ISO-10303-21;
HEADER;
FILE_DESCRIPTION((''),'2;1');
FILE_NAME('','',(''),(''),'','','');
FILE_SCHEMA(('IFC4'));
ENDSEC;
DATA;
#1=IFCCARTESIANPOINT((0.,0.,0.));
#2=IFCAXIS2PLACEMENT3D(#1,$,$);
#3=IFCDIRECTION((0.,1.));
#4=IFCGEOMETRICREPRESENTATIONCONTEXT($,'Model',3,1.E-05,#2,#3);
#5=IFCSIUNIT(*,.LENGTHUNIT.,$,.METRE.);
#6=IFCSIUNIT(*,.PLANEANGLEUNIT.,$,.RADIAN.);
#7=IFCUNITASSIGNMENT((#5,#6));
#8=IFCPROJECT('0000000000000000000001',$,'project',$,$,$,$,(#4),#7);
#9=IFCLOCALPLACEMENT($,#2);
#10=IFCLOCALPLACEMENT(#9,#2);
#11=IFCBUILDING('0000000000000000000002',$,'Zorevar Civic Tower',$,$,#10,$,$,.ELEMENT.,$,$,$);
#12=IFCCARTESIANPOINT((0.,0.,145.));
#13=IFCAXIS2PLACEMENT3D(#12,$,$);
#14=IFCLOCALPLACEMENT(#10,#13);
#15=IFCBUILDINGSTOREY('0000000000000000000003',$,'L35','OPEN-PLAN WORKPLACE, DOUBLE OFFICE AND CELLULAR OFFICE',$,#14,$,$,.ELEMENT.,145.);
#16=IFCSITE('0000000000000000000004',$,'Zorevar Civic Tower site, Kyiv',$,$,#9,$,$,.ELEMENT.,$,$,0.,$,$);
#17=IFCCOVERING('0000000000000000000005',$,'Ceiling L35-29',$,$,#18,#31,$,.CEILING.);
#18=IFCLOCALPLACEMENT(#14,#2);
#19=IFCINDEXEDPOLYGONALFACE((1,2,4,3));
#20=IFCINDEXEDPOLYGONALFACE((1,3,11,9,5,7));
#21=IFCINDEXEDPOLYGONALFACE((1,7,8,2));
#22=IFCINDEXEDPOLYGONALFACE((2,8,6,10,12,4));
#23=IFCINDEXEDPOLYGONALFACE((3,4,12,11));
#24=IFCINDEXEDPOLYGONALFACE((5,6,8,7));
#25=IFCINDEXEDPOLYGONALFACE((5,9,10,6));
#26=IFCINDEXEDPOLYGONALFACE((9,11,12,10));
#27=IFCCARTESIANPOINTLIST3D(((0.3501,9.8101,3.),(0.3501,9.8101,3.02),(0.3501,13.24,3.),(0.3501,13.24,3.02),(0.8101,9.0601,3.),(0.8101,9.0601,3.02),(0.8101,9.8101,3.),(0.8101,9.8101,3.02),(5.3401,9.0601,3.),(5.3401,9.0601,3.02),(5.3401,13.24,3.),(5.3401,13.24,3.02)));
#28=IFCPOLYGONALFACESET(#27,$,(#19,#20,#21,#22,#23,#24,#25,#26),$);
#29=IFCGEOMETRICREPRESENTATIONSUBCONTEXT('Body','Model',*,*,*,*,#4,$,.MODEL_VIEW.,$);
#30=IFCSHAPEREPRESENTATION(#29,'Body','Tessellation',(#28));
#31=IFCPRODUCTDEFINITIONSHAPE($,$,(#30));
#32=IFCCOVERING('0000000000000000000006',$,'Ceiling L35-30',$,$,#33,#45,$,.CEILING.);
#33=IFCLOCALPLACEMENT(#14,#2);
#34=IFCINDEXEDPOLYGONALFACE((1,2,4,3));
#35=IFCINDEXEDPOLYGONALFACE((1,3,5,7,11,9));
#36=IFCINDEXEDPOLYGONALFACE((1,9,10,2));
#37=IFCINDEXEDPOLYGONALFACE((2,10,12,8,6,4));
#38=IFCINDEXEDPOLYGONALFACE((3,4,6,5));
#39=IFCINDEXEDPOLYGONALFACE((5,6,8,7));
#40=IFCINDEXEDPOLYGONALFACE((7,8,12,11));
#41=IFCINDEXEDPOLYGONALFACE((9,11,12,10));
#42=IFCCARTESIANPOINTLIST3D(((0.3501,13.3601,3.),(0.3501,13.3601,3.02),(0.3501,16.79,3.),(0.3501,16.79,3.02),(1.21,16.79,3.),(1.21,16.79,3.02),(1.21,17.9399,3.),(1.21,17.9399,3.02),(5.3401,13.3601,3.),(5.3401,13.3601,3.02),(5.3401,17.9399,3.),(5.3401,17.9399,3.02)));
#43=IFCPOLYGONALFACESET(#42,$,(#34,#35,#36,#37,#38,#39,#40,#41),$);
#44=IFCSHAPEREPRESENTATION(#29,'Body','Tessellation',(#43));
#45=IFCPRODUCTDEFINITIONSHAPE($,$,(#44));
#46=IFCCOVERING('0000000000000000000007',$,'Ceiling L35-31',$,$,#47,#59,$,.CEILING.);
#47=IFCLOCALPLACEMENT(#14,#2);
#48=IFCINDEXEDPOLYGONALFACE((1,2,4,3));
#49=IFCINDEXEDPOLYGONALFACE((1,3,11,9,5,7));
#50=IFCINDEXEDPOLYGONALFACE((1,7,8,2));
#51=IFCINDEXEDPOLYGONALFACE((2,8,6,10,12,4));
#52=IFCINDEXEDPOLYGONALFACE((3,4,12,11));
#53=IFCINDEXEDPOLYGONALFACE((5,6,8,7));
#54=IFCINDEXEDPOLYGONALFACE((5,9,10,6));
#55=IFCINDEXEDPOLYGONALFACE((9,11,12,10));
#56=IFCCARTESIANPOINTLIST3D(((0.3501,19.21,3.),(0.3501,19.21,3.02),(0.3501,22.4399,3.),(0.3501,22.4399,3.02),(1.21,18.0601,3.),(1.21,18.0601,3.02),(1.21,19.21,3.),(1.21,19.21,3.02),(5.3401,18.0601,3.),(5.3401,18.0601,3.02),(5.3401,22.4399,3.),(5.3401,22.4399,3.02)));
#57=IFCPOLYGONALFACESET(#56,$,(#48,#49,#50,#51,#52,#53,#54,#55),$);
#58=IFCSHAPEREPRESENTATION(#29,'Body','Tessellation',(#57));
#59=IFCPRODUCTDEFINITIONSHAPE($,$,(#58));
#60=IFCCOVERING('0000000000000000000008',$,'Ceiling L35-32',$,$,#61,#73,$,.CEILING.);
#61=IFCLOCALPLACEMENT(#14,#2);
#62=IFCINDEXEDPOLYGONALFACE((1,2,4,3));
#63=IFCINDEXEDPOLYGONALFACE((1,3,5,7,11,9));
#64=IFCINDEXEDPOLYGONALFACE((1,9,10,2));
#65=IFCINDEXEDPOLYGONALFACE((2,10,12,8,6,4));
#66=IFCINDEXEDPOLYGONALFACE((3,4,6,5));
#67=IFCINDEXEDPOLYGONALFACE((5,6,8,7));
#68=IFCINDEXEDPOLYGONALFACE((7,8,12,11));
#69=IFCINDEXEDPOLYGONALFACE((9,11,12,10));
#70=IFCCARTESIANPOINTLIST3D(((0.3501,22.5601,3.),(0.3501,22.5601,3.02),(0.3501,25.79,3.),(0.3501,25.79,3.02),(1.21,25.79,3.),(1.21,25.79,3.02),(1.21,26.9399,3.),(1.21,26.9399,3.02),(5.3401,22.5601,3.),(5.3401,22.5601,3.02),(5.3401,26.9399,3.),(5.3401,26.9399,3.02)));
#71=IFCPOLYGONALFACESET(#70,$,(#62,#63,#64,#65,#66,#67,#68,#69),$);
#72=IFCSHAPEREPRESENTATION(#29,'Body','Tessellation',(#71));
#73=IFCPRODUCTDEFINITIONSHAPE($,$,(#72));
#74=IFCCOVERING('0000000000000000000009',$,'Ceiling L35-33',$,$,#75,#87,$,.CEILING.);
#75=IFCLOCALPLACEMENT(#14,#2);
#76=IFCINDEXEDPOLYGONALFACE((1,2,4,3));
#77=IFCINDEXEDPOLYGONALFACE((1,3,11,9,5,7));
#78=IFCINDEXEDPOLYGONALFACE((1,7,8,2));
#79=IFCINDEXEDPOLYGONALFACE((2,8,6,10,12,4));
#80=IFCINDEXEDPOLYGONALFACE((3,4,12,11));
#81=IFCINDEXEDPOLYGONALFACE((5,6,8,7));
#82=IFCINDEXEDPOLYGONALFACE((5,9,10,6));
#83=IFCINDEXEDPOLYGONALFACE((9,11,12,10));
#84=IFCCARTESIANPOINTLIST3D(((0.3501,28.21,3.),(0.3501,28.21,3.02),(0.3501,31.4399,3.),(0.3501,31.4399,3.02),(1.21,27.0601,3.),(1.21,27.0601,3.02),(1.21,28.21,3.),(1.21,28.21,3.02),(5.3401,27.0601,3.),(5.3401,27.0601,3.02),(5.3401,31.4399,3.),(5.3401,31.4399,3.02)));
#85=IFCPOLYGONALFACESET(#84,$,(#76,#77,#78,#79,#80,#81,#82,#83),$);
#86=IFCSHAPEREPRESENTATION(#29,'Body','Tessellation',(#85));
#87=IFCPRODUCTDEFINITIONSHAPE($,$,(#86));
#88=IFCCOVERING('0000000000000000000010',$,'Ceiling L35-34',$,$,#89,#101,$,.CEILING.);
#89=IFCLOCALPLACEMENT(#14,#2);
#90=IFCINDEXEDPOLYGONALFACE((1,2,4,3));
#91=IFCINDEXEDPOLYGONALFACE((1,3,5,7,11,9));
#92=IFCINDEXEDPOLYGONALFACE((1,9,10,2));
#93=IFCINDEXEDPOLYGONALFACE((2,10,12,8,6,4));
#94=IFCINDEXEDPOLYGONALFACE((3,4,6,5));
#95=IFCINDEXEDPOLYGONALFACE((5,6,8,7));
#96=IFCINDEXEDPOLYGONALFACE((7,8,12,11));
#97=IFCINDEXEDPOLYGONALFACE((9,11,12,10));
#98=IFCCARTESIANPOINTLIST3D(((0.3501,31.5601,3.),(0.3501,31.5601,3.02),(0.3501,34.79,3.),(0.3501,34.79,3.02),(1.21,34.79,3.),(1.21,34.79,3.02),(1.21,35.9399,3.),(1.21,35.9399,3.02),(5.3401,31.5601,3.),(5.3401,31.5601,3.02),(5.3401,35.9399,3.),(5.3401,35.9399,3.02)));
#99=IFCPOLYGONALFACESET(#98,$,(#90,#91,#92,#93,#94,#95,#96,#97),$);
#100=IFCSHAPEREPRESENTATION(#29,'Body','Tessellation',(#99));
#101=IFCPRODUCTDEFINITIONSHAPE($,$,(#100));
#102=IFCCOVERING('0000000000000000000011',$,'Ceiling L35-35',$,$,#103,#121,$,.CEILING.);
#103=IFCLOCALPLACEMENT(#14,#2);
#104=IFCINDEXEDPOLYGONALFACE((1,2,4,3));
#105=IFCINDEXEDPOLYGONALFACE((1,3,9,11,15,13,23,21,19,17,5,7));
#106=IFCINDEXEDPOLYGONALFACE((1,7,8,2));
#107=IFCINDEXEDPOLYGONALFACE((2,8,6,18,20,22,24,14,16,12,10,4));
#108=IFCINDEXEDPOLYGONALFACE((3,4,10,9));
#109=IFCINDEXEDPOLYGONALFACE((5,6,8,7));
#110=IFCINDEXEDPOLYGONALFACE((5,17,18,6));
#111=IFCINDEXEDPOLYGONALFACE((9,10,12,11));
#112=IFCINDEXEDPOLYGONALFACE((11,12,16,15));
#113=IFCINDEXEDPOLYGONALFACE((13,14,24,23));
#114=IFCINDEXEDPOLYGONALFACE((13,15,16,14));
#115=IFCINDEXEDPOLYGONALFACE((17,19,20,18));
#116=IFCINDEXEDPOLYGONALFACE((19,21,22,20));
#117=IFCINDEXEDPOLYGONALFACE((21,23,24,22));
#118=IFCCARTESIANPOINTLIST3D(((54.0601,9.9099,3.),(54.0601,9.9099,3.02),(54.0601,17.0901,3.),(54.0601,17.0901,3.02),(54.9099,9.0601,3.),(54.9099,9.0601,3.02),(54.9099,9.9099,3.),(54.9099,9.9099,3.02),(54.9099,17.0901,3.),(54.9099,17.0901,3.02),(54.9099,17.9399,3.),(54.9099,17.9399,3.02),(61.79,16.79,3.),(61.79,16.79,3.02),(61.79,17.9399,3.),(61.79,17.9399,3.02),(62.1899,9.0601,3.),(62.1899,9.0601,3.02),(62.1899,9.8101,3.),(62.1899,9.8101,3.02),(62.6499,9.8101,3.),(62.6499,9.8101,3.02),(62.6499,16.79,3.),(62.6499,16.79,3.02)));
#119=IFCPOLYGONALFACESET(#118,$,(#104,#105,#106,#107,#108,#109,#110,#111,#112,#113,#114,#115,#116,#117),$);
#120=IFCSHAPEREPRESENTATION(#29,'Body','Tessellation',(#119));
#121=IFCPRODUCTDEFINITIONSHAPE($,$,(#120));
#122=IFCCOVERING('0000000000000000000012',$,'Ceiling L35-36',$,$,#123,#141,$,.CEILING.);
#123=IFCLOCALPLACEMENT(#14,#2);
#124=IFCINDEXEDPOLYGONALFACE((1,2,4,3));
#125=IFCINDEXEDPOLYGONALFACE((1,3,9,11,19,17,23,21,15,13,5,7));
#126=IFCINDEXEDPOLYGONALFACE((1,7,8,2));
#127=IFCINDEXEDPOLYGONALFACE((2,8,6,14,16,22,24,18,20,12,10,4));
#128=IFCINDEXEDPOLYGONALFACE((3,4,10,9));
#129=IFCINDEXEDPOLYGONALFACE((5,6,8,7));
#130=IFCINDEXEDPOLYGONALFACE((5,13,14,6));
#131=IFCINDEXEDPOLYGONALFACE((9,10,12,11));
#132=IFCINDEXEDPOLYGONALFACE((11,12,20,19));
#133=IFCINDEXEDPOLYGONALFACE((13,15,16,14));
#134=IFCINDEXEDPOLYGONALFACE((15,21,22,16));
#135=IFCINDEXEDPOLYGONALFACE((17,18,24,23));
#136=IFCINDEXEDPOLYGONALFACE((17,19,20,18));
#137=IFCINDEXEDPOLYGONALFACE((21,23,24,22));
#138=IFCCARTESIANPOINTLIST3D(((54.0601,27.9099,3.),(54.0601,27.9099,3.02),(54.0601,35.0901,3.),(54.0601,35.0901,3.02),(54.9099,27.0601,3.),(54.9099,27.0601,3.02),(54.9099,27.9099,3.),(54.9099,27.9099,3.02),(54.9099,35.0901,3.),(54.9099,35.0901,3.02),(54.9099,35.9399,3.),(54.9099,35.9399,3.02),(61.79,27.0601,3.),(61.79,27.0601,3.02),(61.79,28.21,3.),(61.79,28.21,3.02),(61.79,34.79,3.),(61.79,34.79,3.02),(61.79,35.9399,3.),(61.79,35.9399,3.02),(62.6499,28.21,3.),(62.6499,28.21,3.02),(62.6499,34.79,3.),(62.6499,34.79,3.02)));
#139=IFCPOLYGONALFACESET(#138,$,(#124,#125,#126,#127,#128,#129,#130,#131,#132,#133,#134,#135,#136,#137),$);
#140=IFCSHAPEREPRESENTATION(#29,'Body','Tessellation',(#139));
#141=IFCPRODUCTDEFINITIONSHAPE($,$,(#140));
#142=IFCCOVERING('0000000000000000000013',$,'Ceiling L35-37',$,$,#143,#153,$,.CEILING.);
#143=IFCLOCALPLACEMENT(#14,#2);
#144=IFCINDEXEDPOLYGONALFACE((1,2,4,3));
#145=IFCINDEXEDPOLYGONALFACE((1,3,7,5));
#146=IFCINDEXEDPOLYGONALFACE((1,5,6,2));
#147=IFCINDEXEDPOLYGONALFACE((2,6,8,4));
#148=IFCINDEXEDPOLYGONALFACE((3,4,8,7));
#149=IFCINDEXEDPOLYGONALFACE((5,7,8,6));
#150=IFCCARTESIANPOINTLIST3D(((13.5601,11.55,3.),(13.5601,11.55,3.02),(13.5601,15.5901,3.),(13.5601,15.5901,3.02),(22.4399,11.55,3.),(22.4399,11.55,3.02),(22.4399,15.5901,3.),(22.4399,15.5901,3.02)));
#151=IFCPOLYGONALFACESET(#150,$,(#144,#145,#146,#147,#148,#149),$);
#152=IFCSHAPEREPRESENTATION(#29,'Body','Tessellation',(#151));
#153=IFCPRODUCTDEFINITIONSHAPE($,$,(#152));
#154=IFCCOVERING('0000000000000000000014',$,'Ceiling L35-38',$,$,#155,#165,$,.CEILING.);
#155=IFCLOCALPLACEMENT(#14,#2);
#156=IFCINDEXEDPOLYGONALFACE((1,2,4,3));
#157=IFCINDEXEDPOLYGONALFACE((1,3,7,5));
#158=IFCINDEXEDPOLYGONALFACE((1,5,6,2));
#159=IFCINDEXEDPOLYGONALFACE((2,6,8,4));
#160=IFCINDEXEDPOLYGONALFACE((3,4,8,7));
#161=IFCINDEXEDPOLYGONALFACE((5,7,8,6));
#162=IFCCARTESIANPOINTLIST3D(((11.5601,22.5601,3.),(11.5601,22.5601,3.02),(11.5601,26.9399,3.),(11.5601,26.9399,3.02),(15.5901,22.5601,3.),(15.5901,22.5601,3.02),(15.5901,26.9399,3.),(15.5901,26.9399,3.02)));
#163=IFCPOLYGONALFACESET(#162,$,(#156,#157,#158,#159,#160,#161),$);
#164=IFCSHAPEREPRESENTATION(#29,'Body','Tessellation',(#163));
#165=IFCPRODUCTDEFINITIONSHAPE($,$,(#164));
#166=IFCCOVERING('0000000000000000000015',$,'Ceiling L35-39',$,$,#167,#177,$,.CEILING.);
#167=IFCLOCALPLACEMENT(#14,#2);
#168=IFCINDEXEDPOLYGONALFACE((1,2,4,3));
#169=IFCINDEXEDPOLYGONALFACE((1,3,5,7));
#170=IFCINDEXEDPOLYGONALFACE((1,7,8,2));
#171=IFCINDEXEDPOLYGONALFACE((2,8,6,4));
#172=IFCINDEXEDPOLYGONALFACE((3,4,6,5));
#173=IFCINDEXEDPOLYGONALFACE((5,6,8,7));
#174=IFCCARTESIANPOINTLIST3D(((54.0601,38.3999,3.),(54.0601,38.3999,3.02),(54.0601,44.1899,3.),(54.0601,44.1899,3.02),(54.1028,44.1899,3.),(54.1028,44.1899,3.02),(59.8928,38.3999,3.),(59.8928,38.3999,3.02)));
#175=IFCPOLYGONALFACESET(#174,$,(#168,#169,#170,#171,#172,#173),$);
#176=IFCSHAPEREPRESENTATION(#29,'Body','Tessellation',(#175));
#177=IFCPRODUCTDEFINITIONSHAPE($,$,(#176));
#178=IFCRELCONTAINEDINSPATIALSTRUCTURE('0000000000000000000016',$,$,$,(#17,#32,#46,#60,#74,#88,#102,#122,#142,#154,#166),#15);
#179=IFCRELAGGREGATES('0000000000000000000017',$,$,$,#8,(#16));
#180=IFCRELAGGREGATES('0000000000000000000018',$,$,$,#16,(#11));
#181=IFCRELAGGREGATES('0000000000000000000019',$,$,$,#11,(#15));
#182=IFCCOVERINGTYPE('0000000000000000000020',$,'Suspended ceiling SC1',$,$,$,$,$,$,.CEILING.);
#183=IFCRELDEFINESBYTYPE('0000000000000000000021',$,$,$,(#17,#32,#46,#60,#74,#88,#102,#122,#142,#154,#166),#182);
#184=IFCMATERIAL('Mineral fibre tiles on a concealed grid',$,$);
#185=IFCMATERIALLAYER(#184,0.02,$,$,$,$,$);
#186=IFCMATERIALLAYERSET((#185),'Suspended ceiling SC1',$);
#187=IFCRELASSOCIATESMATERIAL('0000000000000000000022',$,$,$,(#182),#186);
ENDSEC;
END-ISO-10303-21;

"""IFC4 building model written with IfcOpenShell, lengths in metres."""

from ifc_helpers import new_model, si_unit, direction, frame, origin, place, context, subcontext, project, spatial, polyline, outline, extrude, material, layer, layer_set, type_object, element, save


model = new_model("IFC4")

# Units and contexts
model_context = context("Model", 3, precision=1e-05, world=origin(), true_north=direction((0.0, 1.0)))
body_context = subcontext(model_context, "Body", "Model", "MODEL_VIEW")
ifc_project = project(units=[si_unit("LENGTHUNIT", "METRE"), si_unit("PLANEANGLEUNIT", "RADIAN")], contexts=[model_context])

# Site, building, storey
site_placement = place(None, origin())
site = spatial("IfcSite", under=ifc_project, at=site_placement, Name="Zorevar Civic Tower site, Kyiv", CompositionType="ELEMENT", RefElevation=0.0)
building_placement = place(site_placement, origin())
building = spatial("IfcBuilding", under=site, at=building_placement, Name="Zorevar Civic Tower", CompositionType="ELEMENT")
storey_placement = place(building_placement, frame((0.0, 0.0, 145.0)))
storey = spatial("IfcBuildingStorey", under=building, at=storey_placement, Name="L35", Description="OPEN-PLAN WORKPLACE, DOUBLE OFFICE AND CELLULAR OFFICE", CompositionType="ELEMENT", Elevation=145.0)

# Coverings
ifc_material_1 = material(Name="Mineral fibre tiles on a concealed grid")
ifc_layer_1 = layer(ifc_material_1, 0.02)
ifc_layer_set_1 = layer_set([ifc_layer_1], Name="Suspended ceiling SC1")
covering_type_1 = type_object("IfcCoveringType", Name="Suspended ceiling SC1", PredefinedType="CEILING", material=ifc_layer_set_1)
covering_1_placement = place(storey_placement, frame((0.0, 0.0, 3.0)))
element("IfcCovering", 1, at=covering_1_placement, inside=storey, type_object=covering_type_1, Name="Ceiling L35-29", PredefinedType="CEILING", context=body_context, shape_type="SweptSolid", body=[
    extrude(outline(polyline([(5.3401, 9.0601), (0.8101, 9.0601), (0.8101, 9.8101), (0.3501, 9.8101), (0.3501, 13.24), (5.3401, 13.24), (5.3401, 9.0601)])), origin(), (0.0, 0.0, 1.0), 0.02),
])
covering_2_placement = place(storey_placement, frame((0.0, 0.0, 3.0)))
element("IfcCovering", 2, at=covering_2_placement, inside=storey, type_object=covering_type_1, Name="Ceiling L35-30", PredefinedType="CEILING", context=body_context, shape_type="SweptSolid", body=[
    extrude(outline(polyline([(5.3401, 13.3601), (0.3501, 13.3601), (0.3501, 16.79), (1.21, 16.79), (1.21, 17.9399), (5.3401, 17.9399), (5.3401, 13.3601)])), origin(), (0.0, 0.0, 1.0), 0.02),
])
covering_3_placement = place(storey_placement, frame((0.0, 0.0, 3.0)))
element("IfcCovering", 3, at=covering_3_placement, inside=storey, type_object=covering_type_1, Name="Ceiling L35-31", PredefinedType="CEILING", context=body_context, shape_type="SweptSolid", body=[
    extrude(outline(polyline([(5.3401, 18.0601), (1.21, 18.0601), (1.21, 19.21), (0.3501, 19.21), (0.3501, 22.4399), (5.3401, 22.4399), (5.3401, 18.0601)])), origin(), (0.0, 0.0, 1.0), 0.02),
])
covering_4_placement = place(storey_placement, frame((0.0, 0.0, 3.0)))
element("IfcCovering", 4, at=covering_4_placement, inside=storey, type_object=covering_type_1, Name="Ceiling L35-32", PredefinedType="CEILING", context=body_context, shape_type="SweptSolid", body=[
    extrude(outline(polyline([(5.3401, 22.5601), (0.3501, 22.5601), (0.3501, 25.79), (1.21, 25.79), (1.21, 26.9399), (5.3401, 26.9399), (5.3401, 22.5601)])), origin(), (0.0, 0.0, 1.0), 0.02),
])
covering_5_placement = place(storey_placement, frame((0.0, 0.0, 3.0)))
element("IfcCovering", 5, at=covering_5_placement, inside=storey, type_object=covering_type_1, Name="Ceiling L35-33", PredefinedType="CEILING", context=body_context, shape_type="SweptSolid", body=[
    extrude(outline(polyline([(5.3401, 27.0601), (1.21, 27.0601), (1.21, 28.21), (0.3501, 28.21), (0.3501, 31.4399), (5.3401, 31.4399), (5.3401, 27.0601)])), origin(), (0.0, 0.0, 1.0), 0.02),
])
covering_6_placement = place(storey_placement, frame((0.0, 0.0, 3.0)))
element("IfcCovering", 6, at=covering_6_placement, inside=storey, type_object=covering_type_1, Name="Ceiling L35-34", PredefinedType="CEILING", context=body_context, shape_type="SweptSolid", body=[
    extrude(outline(polyline([(5.3401, 31.5601), (0.3501, 31.5601), (0.3501, 34.79), (1.21, 34.79), (1.21, 35.9399), (5.3401, 35.9399), (5.3401, 31.5601)])), origin(), (0.0, 0.0, 1.0), 0.02),
])
covering_7_placement = place(storey_placement, frame((0.0, 0.0, 3.0)))
element("IfcCovering", 7, at=covering_7_placement, inside=storey, type_object=covering_type_1, Name="Ceiling L35-35", PredefinedType="CEILING", context=body_context, shape_type="SweptSolid", body=[
    extrude(outline(polyline([(62.6499, 9.8101), (62.1899, 9.8101), (62.1899, 9.0601), (54.9099, 9.0601), (54.9099, 9.9099), (54.0601, 9.9099), (54.0601, 17.0901), (54.9099, 17.0901), (54.9099, 17.9399), (61.79, 17.9399), (61.79, 16.79), (62.6499, 16.79), (62.6499, 9.8101)])), origin(), (0.0, 0.0, 1.0), 0.02),
])
covering_8_placement = place(storey_placement, frame((0.0, 0.0, 3.0)))
element("IfcCovering", 8, at=covering_8_placement, inside=storey, type_object=covering_type_1, Name="Ceiling L35-36", PredefinedType="CEILING", context=body_context, shape_type="SweptSolid", body=[
    extrude(outline(polyline([(62.6499, 28.21), (61.79, 28.21), (61.79, 27.0601), (54.9099, 27.0601), (54.9099, 27.9099), (54.0601, 27.9099), (54.0601, 35.0901), (54.9099, 35.0901), (54.9099, 35.9399), (61.79, 35.9399), (61.79, 34.79), (62.6499, 34.79), (62.6499, 28.21)])), origin(), (0.0, 0.0, 1.0), 0.02),
])
covering_9_placement = place(storey_placement, frame((0.0, 0.0, 3.0)))
element("IfcCovering", 9, at=covering_9_placement, inside=storey, type_object=covering_type_1, Name="Ceiling L35-37", PredefinedType="CEILING", context=body_context, shape_type="SweptSolid", body=[
    extrude(outline(polyline([(13.5601, 11.55), (13.5601, 15.5901), (22.4399, 15.5901), (22.4399, 11.55), (13.5601, 11.55)])), origin(), (0.0, 0.0, 1.0), 0.02),
])
covering_10_placement = place(storey_placement, frame((0.0, 0.0, 3.0)))
element("IfcCovering", 10, at=covering_10_placement, inside=storey, type_object=covering_type_1, Name="Ceiling L35-38", PredefinedType="CEILING", context=body_context, shape_type="SweptSolid", body=[
    extrude(outline(polyline([(11.5601, 26.9399), (15.5901, 26.9399), (15.5901, 22.5601), (11.5601, 22.5601), (11.5601, 26.9399)])), origin(), (0.0, 0.0, 1.0), 0.02),
])
covering_11_placement = place(storey_placement, frame((0.0, 0.0, 3.0)))
element("IfcCovering", 11, at=covering_11_placement, inside=storey, type_object=covering_type_1, Name="Ceiling L35-39", PredefinedType="CEILING", context=body_context, shape_type="SweptSolid", body=[
    extrude(outline(polyline([(54.0601, 38.3999), (54.0601, 44.1899), (54.1028, 44.1899), (59.8928, 38.3999), (54.0601, 38.3999)])), origin(), (0.0, 0.0, 1.0), 0.02),
])

save(model, "model.ifc")
